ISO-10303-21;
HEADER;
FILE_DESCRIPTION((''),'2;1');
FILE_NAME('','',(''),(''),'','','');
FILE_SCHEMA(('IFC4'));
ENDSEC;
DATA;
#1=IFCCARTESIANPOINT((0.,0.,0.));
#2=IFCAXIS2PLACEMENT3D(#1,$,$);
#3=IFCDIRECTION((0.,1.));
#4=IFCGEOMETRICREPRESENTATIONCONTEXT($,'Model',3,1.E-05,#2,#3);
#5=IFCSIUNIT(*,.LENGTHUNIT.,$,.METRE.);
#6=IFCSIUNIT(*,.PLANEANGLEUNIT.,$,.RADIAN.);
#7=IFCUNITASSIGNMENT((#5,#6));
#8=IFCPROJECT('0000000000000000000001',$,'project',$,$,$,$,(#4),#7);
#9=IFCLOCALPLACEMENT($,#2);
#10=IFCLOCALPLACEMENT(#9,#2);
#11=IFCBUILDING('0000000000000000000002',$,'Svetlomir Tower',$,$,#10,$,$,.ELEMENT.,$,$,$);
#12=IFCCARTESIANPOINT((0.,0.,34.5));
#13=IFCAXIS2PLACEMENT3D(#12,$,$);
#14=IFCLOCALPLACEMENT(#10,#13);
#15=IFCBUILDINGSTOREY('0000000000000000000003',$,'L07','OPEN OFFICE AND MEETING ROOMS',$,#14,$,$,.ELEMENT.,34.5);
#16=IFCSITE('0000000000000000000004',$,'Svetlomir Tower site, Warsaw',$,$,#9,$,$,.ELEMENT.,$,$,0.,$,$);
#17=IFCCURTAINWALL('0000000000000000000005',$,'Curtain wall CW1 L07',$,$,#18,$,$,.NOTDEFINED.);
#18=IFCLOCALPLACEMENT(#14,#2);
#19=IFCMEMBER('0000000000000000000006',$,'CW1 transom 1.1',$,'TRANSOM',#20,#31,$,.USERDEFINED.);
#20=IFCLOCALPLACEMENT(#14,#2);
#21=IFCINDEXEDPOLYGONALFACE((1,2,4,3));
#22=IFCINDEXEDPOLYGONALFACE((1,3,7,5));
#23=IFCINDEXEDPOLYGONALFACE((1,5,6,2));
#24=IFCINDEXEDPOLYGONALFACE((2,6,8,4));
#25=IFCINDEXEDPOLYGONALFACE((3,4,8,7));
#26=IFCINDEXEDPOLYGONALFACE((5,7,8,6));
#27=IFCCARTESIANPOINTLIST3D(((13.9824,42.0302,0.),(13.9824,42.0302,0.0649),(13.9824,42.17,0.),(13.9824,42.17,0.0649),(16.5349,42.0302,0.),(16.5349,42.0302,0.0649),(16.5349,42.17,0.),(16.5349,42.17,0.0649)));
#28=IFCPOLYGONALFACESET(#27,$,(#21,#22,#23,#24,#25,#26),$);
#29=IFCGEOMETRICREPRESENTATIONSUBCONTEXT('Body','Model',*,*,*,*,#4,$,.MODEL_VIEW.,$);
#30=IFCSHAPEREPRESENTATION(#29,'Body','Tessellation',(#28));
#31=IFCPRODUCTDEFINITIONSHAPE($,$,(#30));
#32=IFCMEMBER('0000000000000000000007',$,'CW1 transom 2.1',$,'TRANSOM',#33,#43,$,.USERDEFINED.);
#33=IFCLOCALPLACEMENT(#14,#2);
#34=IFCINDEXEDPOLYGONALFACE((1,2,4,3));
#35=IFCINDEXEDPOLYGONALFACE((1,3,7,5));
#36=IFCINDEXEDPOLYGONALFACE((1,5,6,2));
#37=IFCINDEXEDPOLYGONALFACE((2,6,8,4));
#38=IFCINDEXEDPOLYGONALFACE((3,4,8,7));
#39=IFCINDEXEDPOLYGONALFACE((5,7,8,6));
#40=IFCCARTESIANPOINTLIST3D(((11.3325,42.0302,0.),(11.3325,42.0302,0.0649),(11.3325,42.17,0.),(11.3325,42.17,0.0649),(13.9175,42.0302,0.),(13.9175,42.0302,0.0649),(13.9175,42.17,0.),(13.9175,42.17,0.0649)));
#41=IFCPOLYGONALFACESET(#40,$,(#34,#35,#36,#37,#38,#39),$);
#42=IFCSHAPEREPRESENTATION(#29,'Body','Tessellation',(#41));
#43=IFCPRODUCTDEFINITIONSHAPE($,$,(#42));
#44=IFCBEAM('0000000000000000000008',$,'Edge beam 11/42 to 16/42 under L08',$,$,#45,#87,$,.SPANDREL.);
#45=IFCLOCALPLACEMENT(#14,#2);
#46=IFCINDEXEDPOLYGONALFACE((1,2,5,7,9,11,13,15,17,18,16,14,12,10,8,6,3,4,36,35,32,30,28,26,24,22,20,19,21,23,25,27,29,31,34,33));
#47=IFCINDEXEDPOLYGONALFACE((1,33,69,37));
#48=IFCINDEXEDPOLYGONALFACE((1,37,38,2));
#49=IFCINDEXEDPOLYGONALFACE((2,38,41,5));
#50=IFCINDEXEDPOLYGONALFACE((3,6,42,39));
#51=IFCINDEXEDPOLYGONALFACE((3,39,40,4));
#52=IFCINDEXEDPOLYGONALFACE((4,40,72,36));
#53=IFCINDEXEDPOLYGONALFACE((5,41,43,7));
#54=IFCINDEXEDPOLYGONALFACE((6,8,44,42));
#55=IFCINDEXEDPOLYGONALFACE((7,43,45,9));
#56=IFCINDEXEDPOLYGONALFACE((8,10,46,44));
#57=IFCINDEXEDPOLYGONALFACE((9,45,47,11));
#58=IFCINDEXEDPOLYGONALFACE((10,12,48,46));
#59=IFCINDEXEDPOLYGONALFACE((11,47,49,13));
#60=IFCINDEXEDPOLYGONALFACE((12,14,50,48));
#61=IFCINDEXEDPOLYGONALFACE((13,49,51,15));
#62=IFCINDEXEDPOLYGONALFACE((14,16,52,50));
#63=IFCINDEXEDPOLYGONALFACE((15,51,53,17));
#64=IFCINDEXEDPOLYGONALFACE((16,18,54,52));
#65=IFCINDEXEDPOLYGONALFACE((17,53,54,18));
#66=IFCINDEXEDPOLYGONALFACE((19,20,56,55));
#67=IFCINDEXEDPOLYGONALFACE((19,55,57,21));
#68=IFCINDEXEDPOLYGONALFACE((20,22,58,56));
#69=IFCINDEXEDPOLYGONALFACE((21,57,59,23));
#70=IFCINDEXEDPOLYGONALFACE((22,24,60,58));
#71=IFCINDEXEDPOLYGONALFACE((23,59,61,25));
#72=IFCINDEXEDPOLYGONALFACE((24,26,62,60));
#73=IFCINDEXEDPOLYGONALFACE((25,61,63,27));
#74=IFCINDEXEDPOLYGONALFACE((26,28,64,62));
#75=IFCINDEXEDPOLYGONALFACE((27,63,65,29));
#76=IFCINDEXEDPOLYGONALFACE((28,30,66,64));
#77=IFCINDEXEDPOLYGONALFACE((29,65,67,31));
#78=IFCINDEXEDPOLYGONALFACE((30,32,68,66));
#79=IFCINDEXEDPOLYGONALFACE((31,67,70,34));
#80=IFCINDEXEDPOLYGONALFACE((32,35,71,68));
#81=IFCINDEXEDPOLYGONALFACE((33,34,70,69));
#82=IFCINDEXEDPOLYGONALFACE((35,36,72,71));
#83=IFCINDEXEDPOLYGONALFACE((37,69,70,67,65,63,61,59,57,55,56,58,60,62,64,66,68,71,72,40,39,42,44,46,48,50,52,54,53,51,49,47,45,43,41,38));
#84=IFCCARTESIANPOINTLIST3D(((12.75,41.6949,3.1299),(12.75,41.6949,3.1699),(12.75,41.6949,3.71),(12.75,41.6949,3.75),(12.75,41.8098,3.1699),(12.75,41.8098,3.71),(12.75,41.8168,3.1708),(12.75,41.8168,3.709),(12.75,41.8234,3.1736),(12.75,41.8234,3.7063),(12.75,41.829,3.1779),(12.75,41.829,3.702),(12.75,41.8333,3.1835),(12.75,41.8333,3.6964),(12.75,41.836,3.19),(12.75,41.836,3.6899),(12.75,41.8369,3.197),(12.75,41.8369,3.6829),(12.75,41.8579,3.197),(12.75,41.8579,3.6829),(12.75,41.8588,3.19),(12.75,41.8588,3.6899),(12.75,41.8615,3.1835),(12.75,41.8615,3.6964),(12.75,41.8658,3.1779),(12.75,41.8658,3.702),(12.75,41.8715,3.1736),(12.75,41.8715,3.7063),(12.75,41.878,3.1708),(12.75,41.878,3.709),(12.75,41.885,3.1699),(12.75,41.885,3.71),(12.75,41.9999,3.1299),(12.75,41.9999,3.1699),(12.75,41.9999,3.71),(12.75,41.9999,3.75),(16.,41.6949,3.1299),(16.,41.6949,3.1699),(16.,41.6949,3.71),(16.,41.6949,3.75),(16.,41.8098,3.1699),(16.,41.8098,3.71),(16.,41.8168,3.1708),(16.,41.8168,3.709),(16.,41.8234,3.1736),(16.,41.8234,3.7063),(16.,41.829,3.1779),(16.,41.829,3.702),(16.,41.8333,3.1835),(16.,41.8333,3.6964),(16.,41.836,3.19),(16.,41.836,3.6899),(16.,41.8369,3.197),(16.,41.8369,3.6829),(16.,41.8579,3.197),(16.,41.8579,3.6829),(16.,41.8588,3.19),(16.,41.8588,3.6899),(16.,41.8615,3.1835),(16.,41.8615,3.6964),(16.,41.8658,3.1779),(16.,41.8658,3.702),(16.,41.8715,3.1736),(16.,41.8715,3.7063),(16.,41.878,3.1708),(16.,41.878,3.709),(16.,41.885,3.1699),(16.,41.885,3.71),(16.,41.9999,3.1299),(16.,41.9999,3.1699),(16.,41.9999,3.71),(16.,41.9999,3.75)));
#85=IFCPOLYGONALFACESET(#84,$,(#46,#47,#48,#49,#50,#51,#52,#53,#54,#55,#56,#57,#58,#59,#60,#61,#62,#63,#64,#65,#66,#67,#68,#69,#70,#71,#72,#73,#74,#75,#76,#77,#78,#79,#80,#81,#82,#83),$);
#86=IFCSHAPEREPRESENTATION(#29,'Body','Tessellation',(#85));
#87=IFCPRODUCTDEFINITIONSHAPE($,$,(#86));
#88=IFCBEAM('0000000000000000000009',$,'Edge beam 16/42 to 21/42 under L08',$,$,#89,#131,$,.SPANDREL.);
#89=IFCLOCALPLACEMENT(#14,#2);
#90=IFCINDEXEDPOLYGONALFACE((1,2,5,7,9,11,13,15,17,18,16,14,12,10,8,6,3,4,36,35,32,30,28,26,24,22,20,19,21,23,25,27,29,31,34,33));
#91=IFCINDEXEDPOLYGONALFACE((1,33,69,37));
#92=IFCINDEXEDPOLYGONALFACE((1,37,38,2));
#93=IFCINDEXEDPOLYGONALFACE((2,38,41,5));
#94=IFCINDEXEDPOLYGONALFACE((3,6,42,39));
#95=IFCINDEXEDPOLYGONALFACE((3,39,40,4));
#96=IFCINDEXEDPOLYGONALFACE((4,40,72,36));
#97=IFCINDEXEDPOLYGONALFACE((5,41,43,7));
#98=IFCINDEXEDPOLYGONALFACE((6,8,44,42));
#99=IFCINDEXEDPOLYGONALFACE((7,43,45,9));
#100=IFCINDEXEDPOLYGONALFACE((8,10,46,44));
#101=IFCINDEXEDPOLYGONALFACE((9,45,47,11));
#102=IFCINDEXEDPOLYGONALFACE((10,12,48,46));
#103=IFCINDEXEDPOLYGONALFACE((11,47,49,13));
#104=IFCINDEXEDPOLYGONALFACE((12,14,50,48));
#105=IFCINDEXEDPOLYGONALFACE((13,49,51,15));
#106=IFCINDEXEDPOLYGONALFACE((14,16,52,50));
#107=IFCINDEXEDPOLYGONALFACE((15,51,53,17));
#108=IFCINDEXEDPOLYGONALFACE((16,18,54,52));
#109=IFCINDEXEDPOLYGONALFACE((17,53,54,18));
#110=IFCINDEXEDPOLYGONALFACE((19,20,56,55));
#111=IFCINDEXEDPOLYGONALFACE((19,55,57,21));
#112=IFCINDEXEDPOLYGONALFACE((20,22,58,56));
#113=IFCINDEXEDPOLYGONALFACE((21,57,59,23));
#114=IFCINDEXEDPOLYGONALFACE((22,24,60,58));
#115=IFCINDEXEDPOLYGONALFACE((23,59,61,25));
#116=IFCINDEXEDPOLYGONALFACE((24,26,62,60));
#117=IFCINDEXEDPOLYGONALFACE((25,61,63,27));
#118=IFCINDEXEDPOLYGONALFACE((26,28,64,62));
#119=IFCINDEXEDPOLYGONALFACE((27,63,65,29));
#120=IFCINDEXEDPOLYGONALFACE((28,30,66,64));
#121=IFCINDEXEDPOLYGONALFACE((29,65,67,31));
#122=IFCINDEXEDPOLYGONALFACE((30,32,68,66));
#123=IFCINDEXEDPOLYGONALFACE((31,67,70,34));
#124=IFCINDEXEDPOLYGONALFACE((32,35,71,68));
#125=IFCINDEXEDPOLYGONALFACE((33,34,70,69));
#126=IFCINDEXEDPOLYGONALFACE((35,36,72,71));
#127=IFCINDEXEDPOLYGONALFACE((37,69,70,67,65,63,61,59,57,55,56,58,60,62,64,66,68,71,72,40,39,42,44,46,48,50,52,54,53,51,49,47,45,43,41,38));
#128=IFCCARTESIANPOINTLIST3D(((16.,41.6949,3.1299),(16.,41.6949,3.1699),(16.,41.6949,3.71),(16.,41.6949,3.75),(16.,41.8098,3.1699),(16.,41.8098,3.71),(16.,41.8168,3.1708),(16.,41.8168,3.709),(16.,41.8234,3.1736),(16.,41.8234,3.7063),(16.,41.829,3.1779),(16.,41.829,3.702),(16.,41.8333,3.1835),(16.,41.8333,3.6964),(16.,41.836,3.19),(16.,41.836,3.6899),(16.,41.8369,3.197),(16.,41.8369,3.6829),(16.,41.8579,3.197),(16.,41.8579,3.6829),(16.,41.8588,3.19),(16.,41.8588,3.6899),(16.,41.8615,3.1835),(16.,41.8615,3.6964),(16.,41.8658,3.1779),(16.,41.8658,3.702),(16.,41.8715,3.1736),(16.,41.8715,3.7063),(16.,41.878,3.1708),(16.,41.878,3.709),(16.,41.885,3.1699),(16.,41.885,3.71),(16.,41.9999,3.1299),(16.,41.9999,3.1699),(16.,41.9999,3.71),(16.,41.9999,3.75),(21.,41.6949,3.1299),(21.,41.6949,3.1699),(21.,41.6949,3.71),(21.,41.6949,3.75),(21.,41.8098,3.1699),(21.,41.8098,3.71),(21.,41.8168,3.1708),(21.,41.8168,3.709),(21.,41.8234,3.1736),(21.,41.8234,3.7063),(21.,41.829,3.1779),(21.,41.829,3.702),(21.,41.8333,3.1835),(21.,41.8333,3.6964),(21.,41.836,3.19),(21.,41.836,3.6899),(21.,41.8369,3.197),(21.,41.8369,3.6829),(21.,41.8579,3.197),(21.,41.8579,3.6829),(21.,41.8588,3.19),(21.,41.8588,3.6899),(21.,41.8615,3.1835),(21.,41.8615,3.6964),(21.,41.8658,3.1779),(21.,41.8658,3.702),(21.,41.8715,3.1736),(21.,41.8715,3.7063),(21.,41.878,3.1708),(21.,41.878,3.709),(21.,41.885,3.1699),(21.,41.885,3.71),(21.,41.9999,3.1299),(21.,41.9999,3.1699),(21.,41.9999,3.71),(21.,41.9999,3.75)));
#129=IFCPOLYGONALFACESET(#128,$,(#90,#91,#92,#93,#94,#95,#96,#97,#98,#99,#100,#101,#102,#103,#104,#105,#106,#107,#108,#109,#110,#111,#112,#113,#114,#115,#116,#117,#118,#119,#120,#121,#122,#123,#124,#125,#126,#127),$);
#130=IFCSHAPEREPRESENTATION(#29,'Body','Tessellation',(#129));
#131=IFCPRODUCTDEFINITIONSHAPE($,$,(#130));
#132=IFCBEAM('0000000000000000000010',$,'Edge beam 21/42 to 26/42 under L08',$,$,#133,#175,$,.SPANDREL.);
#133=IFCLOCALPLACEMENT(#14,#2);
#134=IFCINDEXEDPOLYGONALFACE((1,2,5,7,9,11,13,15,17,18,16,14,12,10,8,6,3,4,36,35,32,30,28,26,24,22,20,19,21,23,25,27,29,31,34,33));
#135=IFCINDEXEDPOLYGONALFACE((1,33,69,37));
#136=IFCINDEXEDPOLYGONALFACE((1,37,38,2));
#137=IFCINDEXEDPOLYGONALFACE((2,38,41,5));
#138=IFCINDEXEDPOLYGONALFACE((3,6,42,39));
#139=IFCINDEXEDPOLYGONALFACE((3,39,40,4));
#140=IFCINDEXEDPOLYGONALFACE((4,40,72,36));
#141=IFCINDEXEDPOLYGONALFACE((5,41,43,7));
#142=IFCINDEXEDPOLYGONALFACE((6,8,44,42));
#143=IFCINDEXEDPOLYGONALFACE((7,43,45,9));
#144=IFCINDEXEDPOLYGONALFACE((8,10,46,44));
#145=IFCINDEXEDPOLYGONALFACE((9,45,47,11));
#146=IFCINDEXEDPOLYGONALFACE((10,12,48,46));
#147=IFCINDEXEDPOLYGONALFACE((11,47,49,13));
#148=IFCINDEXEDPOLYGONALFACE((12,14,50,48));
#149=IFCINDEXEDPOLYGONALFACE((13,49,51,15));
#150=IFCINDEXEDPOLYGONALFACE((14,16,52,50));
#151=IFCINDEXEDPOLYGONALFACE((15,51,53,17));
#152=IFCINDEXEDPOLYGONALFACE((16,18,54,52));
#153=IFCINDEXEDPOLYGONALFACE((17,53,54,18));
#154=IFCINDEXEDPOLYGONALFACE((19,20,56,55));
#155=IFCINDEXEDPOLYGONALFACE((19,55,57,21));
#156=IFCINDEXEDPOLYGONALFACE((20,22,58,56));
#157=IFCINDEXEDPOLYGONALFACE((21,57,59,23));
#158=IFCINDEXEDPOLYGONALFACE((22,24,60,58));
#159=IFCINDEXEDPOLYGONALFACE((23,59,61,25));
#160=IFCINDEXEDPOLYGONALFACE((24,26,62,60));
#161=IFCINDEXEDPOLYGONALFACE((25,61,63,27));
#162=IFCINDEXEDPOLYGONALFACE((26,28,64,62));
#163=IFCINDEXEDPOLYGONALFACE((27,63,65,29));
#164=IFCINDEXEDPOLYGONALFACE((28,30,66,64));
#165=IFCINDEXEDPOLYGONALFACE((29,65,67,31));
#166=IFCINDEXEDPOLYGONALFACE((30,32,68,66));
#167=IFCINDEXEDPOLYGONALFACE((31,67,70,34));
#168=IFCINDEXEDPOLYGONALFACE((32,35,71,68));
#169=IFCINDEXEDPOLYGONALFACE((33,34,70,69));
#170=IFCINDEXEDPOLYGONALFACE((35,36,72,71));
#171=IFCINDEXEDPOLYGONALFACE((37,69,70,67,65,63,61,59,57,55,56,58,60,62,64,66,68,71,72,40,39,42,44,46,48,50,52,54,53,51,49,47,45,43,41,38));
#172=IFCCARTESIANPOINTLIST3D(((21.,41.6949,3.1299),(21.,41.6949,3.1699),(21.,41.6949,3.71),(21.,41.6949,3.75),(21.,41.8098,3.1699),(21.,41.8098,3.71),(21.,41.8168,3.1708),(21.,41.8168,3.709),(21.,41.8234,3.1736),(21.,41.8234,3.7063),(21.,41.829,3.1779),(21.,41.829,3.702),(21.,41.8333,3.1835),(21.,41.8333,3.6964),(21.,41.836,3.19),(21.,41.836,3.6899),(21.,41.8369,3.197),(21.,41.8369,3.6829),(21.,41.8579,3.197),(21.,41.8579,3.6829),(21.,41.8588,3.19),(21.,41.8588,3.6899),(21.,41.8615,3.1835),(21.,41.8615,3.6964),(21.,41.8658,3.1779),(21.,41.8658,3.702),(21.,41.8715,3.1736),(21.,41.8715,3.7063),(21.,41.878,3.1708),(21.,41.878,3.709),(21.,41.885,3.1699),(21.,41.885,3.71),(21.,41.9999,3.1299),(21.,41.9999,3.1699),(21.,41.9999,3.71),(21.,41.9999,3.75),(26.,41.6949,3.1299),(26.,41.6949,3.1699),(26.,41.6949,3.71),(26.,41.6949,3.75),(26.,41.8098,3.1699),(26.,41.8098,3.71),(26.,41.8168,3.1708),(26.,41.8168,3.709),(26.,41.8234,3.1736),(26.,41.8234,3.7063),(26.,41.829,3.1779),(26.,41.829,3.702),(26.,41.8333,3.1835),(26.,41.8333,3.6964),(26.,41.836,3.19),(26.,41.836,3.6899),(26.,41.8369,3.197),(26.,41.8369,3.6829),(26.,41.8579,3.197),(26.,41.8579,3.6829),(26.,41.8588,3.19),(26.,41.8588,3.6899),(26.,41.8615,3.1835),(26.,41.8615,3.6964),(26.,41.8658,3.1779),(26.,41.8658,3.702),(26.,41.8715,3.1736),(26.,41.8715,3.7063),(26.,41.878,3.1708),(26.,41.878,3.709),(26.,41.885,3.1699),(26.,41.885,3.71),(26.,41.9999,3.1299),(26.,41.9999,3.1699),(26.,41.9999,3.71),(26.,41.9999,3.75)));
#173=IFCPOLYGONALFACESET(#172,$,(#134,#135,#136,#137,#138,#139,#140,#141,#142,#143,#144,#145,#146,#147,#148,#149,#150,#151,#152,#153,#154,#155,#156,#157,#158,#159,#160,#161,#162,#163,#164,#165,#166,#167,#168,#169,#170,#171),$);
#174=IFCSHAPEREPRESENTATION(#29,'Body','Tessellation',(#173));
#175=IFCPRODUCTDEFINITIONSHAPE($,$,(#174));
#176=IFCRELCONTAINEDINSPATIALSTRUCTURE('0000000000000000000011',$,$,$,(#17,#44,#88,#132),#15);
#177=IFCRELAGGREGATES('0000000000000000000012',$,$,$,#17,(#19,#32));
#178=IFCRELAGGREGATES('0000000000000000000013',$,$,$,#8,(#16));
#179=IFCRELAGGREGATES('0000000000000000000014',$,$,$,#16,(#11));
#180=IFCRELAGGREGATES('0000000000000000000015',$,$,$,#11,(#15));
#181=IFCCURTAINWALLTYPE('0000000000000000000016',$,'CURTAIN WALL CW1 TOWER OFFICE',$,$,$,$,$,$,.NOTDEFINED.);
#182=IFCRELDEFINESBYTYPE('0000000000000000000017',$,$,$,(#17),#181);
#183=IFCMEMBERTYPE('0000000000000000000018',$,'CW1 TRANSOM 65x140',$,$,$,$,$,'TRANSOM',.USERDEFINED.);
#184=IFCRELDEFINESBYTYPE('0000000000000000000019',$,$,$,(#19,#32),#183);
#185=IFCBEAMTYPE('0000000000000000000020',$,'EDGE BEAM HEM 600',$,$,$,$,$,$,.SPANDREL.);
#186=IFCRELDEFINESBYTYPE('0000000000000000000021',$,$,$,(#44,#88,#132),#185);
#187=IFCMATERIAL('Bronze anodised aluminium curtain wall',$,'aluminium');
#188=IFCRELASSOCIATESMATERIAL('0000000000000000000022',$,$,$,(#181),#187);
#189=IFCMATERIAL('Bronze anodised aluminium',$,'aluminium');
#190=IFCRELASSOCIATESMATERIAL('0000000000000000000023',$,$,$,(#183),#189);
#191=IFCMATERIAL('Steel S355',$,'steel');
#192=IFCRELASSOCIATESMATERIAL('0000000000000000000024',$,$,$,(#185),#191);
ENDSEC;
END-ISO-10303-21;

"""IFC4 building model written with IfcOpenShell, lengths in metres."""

from ifc_helpers import new_model, si_unit, direction, frame, origin, origin_2d, place, context, subcontext, project, spatial, rectangle, i_section, extrude, material, material_profile, profile_set, type_object, element, aggregate, save


model = new_model("IFC4")

# Units and contexts
model_context = context("Model", 3, precision=1e-05, world=origin(), true_north=direction((0.0, 1.0)))
body_context = subcontext(model_context, "Body", "Model", "MODEL_VIEW")
ifc_project = project(units=[si_unit("LENGTHUNIT", "METRE"), si_unit("PLANEANGLEUNIT", "RADIAN")], contexts=[model_context])

# Site, building, storey
site_placement = place(None, origin())
site = spatial("IfcSite", under=ifc_project, at=site_placement, Name="Svetlomir Tower site, Warsaw", CompositionType="ELEMENT", RefElevation=0.0)
building_placement = place(site_placement, origin())
building = spatial("IfcBuilding", under=site, at=building_placement, Name="Svetlomir Tower", CompositionType="ELEMENT")
storey_placement = place(building_placement, frame((0.0, 0.0, 34.5)))
storey = spatial("IfcBuildingStorey", under=building, at=storey_placement, Name="L07", Description="OPEN OFFICE AND MEETING ROOMS", CompositionType="ELEMENT", Elevation=34.5)

# Curtain wall
ifc_material_1 = material(Name="Bronze anodised aluminium curtain wall", Category="aluminium")
curtain_wall_type = type_object("IfcCurtainWallType", Name="CURTAIN WALL CW1 TOWER OFFICE", PredefinedType="NOTDEFINED", material=ifc_material_1)
curtain_wall_1_placement = place(storey_placement, origin())
curtain_wall_1 = element("IfcCurtainWall", 1, at=curtain_wall_1_placement, inside=storey, type_object=curtain_wall_type, Name="Curtain wall CW1 L07", PredefinedType="NOTDEFINED")

# Members
ifc_material_2 = material(Name="Bronze anodised aluminium", Category="aluminium")
ifc_material_profile_1 = material_profile(ifc_material_2, rectangle(XDim=0.1399, YDim=0.0649, at=origin_2d()), Name="AL 140x65")
ifc_profile_set_1 = profile_set([ifc_material_profile_1], Name="Bronze anodised aluminium 6063-T6")
member_type_1 = type_object("IfcMemberType", Name="CW1 TRANSOM 65x140", ElementType="TRANSOM", PredefinedType="USERDEFINED", material=ifc_profile_set_1)
member_1_placement = place(storey_placement, frame((16.5349, 42.1001, 0.0325), z_axis=(-1.0, 0.0, 0.0), x_axis=(0.0, -1.0, 0.0)))
member_1 = element("IfcMember", 2, at=member_1_placement, type_object=member_type_1, Name="CW1 transom 1.1", ObjectType="TRANSOM", PredefinedType="USERDEFINED", context=body_context, shape_type="SweptSolid", body=[
    extrude(rectangle(XDim=0.1399, YDim=0.0649, at=origin_2d()), origin(), (0.0, 0.0, 1.0), 2.5525),
])
member_2_placement = place(storey_placement, frame((13.9175, 42.1001, 0.0325), z_axis=(-1.0, 0.0, 0.0), x_axis=(0.0, -1.0, 0.0)))
member_2 = element("IfcMember", 3, at=member_2_placement, type_object=member_type_1, Name="CW1 transom 2.1", ObjectType="TRANSOM", PredefinedType="USERDEFINED", context=body_context, shape_type="SweptSolid", body=[
    extrude(rectangle(XDim=0.1399, YDim=0.0649, at=origin_2d()), origin(), (0.0, 0.0, 1.0), 2.585),
])

# Beams
ifc_material_3 = material(Name="Steel S355", Category="steel")
ifc_material_profile_2 = material_profile(ifc_material_3, i_section(OverallWidth=0.3049, OverallDepth=0.6201, WebThickness=0.021, FlangeThickness=0.04, FilletRadius=0.0271, at=origin_2d()), Name="HEM 600")
ifc_profile_set_2 = profile_set([ifc_material_profile_2], Name="Steel S355")
beam_type_1 = type_object("IfcBeamType", Name="EDGE BEAM HEM 600", PredefinedType="SPANDREL", material=ifc_profile_set_2)
beam_1_placement = place(storey_placement, frame((12.75, 41.8474, 3.4399), z_axis=(1.0, 0.0, 0.0), x_axis=(0.0, 1.0, 0.0)))
element("IfcBeam", 4, at=beam_1_placement, inside=storey, type_object=beam_type_1, Name="Edge beam 11/42 to 16/42 under L08", PredefinedType="SPANDREL", context=body_context, shape_type="SweptSolid", body=[
    extrude(i_section(OverallWidth=0.3049, OverallDepth=0.6201, WebThickness=0.021, FlangeThickness=0.04, FilletRadius=0.0271, at=origin_2d()), origin(), (0.0, 0.0, 1.0), 3.25),
])
for number, where, z_axis, x_axis, name in (
    (5, (16.0, 41.8474, 3.4399), (1.0, 0.0, 0.0), (0.0, 1.0, 0.0), "Edge beam 16/42 to 21/42 under L08"),
    (6, (21.0, 41.8474, 3.4399), (1.0, 0.0, 0.0), (0.0, 1.0, 0.0), "Edge beam 21/42 to 26/42 under L08"),
):
    element("IfcBeam", number, at=place(storey_placement, frame(where, z_axis=z_axis, x_axis=x_axis)), inside=storey, type_object=beam_type_1, Name=name, PredefinedType="SPANDREL", context=body_context, shape_type="SweptSolid", body=[
        extrude(i_section(OverallWidth=0.3049, OverallDepth=0.6201, WebThickness=0.021, FlangeThickness=0.04, FilletRadius=0.0271, at=origin_2d()), origin(), (0.0, 0.0, 1.0), 5.0),
    ])

aggregate(curtain_wall_1, [member_1, member_2])

save(model, "model.ifc")
